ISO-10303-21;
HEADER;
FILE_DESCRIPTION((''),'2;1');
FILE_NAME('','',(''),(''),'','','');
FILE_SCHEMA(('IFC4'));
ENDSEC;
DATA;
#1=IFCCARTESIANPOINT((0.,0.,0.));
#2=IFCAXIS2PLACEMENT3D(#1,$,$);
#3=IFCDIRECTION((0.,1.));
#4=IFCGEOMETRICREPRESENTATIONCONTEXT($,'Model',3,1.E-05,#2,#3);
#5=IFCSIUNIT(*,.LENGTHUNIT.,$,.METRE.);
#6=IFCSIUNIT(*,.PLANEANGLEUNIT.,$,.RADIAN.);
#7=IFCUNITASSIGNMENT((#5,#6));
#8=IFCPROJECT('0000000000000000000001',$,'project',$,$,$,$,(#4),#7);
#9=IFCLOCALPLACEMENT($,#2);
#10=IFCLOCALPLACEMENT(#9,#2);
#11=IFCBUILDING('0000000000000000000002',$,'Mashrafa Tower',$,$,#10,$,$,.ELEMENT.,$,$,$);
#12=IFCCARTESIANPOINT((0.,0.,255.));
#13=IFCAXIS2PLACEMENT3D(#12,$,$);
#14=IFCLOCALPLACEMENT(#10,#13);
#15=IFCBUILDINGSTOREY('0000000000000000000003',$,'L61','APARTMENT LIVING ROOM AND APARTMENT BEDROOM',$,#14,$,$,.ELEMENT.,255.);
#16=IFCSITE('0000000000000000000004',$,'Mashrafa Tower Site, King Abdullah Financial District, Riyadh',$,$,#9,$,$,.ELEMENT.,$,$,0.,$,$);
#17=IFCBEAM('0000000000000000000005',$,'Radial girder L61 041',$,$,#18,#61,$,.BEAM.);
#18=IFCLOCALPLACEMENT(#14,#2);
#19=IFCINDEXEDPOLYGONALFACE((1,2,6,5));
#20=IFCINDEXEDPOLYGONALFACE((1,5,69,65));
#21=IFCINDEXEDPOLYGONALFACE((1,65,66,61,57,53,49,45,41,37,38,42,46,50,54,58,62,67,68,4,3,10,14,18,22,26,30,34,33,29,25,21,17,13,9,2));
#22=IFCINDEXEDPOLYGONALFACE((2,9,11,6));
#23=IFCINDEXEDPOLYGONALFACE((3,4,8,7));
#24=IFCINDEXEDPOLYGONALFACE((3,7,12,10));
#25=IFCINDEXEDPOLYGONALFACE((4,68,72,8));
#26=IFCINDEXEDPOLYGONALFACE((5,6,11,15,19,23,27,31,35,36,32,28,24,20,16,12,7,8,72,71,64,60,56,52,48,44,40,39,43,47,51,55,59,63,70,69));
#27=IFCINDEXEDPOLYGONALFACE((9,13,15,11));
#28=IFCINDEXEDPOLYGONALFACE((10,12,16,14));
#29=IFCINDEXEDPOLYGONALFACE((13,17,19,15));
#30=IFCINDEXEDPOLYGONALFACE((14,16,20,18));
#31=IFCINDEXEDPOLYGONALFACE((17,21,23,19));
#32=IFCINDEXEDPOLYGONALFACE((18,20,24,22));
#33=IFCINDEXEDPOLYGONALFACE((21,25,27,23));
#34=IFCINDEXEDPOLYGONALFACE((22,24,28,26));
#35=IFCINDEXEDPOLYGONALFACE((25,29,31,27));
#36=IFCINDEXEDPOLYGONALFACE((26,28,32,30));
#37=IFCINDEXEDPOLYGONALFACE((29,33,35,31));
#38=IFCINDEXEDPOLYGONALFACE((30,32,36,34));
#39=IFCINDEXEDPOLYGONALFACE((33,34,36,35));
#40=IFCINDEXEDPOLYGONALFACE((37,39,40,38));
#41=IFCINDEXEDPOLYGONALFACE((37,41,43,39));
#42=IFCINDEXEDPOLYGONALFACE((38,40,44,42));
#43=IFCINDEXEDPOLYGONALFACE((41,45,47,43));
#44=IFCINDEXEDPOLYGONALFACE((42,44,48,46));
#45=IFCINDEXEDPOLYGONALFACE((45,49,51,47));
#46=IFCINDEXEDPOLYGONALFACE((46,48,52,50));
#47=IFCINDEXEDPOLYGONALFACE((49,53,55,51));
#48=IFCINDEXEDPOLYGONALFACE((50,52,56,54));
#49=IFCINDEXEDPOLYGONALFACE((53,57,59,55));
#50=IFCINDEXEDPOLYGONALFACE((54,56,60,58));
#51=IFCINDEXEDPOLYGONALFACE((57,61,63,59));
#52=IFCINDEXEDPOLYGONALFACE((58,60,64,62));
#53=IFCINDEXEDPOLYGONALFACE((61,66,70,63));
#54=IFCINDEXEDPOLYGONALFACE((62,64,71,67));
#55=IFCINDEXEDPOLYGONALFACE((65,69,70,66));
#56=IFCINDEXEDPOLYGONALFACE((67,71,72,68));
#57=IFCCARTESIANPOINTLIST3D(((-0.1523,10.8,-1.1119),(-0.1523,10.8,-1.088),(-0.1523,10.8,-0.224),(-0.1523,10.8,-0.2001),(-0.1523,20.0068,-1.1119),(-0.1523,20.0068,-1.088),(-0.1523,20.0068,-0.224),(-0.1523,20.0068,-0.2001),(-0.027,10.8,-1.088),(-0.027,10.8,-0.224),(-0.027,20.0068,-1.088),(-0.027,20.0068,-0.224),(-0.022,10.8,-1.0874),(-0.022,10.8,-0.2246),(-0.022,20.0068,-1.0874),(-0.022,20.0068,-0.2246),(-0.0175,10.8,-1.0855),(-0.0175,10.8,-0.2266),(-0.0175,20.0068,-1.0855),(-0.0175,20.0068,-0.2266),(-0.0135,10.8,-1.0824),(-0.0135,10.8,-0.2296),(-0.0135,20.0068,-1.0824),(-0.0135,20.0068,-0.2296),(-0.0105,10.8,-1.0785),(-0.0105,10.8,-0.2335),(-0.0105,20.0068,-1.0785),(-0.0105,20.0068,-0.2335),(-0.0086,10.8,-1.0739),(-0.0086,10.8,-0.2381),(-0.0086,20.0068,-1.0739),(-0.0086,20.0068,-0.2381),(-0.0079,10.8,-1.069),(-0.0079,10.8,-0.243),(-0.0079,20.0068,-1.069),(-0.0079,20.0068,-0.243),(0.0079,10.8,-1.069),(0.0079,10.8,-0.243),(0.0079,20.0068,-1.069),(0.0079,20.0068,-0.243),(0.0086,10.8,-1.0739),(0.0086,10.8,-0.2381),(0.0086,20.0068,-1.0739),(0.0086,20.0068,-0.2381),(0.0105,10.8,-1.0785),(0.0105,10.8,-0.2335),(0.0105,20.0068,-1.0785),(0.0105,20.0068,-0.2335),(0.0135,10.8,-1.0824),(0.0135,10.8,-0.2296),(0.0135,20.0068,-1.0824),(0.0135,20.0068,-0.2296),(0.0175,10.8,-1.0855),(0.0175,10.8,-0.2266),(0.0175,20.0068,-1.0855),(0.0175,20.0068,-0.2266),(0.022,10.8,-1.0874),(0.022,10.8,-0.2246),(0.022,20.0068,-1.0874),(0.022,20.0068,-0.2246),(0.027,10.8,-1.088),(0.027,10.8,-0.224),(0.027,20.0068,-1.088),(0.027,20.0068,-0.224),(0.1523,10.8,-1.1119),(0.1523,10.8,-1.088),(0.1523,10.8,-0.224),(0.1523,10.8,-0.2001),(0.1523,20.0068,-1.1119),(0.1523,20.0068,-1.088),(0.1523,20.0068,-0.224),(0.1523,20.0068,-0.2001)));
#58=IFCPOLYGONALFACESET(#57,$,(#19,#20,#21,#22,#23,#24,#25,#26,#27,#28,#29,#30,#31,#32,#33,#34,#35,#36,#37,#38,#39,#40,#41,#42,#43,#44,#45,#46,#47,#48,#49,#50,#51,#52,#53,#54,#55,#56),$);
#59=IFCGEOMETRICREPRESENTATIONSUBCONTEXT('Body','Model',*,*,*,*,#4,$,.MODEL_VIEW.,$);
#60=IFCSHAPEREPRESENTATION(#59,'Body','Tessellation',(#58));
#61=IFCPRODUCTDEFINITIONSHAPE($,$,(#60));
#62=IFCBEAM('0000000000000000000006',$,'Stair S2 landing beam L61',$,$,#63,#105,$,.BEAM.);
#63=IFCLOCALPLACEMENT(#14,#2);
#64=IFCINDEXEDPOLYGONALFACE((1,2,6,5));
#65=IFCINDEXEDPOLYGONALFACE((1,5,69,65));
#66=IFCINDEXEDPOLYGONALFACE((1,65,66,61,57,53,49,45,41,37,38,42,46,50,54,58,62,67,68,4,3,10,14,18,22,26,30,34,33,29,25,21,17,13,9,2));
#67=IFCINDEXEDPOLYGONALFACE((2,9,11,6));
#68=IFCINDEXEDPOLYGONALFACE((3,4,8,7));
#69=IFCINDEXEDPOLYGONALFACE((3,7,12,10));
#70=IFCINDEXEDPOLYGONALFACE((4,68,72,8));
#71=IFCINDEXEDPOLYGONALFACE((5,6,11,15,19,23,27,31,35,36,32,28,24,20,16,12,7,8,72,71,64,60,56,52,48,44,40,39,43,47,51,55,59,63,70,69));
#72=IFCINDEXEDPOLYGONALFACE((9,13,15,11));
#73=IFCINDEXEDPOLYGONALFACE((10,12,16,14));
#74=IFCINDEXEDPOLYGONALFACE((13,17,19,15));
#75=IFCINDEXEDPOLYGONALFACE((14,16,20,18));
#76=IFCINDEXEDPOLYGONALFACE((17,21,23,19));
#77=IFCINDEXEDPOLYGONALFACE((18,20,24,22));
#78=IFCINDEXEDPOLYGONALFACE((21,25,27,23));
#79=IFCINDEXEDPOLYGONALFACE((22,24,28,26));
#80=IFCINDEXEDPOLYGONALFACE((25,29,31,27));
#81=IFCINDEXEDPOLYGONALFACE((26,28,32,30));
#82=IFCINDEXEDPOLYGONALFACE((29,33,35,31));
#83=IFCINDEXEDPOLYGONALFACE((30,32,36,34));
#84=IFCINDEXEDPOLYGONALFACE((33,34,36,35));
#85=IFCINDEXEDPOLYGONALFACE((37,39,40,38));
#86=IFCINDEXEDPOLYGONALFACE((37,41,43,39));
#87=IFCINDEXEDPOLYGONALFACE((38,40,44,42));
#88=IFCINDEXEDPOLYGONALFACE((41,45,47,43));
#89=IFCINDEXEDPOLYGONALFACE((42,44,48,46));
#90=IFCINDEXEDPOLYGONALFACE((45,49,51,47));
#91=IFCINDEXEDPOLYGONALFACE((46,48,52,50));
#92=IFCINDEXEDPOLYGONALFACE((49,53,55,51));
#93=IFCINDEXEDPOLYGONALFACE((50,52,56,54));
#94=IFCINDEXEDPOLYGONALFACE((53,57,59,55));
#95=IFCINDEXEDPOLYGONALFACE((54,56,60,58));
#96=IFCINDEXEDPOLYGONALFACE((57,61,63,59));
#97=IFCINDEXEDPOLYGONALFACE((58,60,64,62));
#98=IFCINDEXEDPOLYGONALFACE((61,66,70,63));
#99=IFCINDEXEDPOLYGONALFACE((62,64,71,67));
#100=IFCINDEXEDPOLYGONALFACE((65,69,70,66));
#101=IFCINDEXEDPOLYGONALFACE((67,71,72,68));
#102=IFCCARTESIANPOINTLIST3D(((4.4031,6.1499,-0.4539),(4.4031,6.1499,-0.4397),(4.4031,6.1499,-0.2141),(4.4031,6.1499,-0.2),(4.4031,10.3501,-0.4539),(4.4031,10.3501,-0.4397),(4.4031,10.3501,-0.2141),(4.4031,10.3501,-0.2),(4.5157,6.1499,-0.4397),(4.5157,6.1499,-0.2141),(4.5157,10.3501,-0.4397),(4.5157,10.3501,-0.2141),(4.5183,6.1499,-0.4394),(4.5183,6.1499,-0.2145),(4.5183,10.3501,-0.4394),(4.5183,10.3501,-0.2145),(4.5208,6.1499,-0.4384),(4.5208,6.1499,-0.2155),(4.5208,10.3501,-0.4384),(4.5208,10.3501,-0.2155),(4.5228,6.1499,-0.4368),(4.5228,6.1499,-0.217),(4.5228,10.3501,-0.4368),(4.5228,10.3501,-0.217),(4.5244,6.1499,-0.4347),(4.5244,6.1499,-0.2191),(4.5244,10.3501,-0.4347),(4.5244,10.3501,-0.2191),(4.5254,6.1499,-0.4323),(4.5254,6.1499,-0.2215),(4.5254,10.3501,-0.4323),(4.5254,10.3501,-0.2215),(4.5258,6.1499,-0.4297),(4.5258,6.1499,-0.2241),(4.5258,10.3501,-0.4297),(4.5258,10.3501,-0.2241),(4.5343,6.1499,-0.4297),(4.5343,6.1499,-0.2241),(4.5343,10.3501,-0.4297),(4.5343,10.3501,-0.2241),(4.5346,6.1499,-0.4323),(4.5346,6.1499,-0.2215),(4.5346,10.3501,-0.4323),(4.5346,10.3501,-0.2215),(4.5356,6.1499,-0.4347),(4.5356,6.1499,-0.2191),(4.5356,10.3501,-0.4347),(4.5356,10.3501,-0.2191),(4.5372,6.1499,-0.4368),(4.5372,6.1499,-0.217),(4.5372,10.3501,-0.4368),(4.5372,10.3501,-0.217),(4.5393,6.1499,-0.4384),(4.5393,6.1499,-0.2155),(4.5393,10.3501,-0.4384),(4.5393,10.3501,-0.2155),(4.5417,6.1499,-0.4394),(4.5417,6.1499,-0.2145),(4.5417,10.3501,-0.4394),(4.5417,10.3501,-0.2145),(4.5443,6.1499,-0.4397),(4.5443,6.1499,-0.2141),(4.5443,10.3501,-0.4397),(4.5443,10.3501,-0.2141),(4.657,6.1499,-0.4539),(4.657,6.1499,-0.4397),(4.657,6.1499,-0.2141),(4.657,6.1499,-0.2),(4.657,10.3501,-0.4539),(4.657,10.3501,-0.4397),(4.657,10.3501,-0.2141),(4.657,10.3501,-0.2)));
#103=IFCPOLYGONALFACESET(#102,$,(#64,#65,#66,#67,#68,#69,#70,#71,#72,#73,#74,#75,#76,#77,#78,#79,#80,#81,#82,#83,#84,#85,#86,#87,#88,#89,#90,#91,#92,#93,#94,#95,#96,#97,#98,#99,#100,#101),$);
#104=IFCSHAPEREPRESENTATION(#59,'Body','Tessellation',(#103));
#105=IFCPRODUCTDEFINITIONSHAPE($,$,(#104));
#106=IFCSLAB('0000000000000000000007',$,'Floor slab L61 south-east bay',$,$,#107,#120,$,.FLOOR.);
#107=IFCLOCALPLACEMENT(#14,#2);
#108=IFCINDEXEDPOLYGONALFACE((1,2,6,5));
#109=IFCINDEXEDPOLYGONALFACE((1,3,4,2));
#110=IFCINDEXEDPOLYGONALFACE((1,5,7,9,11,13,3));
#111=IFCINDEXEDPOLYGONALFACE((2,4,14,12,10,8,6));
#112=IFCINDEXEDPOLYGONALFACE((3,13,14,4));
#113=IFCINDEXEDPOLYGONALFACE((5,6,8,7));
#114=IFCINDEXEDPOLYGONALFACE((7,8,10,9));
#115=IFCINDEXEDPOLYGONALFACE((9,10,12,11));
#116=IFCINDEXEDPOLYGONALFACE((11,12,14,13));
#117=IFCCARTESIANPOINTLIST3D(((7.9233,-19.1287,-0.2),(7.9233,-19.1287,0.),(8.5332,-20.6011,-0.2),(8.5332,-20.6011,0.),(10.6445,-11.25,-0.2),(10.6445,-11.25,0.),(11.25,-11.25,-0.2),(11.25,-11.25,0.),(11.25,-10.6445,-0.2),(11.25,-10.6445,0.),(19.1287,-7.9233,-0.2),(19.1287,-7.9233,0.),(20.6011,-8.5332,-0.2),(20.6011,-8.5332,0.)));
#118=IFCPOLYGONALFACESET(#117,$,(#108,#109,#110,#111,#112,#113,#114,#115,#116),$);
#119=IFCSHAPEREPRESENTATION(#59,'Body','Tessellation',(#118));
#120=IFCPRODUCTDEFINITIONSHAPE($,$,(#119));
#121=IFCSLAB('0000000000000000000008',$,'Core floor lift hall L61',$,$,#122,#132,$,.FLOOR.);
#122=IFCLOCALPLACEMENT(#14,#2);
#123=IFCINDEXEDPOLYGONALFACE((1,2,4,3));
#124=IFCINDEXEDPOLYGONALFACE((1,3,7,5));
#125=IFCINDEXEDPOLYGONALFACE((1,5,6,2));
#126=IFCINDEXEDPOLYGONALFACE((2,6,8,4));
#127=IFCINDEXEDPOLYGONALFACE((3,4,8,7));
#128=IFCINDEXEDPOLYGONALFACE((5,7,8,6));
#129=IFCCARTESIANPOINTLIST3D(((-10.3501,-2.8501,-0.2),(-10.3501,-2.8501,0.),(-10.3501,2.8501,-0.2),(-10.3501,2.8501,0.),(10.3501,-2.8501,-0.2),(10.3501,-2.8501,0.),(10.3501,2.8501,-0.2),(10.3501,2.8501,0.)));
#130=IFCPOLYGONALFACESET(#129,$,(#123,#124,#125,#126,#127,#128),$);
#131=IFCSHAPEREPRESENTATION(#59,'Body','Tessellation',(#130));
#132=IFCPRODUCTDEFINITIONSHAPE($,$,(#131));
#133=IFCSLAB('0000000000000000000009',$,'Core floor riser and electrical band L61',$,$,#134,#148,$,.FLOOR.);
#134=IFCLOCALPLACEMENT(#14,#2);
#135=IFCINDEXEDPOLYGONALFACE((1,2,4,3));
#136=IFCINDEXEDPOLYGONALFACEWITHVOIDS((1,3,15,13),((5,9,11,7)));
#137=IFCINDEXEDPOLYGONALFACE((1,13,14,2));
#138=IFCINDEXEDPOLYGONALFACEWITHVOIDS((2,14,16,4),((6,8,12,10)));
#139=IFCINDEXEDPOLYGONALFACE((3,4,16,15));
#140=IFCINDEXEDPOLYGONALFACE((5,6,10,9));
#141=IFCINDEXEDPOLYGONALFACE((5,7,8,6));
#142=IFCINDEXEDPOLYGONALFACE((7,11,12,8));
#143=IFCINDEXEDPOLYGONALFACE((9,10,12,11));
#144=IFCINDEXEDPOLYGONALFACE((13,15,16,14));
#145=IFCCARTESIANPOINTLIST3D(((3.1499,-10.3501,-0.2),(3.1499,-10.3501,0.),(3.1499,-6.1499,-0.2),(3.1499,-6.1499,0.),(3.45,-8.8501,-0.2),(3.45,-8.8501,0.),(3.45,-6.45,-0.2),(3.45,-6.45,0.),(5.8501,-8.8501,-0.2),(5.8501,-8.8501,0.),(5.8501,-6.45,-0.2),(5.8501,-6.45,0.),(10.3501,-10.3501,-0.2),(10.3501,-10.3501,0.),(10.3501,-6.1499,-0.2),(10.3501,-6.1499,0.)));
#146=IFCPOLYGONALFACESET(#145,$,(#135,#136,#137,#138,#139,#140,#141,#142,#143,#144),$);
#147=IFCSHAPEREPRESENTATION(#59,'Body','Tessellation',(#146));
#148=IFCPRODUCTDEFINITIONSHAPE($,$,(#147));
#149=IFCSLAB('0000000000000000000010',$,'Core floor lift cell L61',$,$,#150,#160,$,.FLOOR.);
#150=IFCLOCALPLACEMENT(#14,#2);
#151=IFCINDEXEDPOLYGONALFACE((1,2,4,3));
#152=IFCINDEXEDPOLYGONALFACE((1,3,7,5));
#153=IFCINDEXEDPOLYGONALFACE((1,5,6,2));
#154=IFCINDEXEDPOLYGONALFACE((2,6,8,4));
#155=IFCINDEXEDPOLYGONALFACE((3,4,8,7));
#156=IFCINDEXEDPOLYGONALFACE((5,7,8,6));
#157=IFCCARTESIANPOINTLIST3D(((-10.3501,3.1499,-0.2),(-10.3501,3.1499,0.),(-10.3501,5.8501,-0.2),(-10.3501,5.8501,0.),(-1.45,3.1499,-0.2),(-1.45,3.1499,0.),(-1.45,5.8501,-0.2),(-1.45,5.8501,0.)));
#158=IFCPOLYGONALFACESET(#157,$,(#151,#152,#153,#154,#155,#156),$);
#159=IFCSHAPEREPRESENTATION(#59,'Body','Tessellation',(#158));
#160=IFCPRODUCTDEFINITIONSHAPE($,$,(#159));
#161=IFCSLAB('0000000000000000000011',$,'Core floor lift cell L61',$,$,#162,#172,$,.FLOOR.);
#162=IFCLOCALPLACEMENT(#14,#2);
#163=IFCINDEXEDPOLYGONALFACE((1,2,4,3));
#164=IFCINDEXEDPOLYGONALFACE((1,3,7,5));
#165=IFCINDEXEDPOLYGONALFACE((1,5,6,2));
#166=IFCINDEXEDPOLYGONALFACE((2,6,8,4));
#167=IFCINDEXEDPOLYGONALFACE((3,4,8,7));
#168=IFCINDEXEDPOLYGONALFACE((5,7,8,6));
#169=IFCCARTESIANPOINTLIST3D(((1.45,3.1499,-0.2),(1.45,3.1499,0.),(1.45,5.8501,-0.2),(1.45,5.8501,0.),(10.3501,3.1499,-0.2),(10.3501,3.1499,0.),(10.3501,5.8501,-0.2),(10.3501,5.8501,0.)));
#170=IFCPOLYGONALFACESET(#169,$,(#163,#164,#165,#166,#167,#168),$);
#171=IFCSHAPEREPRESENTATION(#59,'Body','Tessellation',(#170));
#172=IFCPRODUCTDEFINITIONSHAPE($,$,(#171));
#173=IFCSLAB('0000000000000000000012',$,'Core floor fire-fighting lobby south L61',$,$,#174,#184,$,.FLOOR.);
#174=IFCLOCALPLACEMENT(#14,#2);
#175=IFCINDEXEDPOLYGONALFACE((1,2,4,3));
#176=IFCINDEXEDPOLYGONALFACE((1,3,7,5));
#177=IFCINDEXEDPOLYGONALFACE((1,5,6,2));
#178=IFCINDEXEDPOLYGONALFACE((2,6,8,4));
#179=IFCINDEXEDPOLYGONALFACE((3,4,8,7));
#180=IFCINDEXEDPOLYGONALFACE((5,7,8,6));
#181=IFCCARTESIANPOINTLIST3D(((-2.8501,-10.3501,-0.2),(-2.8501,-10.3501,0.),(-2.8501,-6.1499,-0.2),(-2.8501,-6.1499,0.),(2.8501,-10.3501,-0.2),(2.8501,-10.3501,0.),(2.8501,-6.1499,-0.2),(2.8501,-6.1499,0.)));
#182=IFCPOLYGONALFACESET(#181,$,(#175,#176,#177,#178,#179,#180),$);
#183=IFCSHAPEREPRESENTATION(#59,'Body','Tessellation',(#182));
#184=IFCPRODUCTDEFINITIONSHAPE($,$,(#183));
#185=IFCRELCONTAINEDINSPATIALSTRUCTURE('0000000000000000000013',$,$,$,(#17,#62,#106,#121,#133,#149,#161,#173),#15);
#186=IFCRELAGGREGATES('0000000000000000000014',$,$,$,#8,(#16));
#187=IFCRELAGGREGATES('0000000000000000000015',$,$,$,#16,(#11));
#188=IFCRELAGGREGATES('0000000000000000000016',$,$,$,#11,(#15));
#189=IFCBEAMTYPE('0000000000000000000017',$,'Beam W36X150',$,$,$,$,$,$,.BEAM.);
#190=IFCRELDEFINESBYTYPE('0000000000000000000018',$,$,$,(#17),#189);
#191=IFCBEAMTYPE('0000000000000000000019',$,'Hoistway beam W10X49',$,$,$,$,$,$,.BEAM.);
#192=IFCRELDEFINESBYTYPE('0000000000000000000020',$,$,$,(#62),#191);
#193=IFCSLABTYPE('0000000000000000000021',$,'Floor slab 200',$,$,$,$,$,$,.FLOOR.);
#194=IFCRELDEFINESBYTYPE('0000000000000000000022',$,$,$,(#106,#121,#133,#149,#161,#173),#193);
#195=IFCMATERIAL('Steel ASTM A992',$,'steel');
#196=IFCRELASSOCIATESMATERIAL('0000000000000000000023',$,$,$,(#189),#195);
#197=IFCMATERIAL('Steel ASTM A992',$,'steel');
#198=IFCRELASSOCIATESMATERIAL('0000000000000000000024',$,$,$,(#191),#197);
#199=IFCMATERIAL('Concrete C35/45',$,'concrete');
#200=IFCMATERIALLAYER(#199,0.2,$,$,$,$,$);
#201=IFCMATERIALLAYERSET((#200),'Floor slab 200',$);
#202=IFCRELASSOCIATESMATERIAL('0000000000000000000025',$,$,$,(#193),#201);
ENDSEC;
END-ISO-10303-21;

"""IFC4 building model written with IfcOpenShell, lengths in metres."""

from ifc_helpers import new_model, si_unit, direction, frame, origin, origin_2d, place, context, subcontext, project, spatial, polyline, i_section, outline, extrude, material, layer, layer_set, material_profile, profile_set, type_object, element, save


model = new_model("IFC4")

# Units and contexts
model_context = context("Model", 3, precision=1e-05, world=origin(), true_north=direction((0.0, 1.0)))
body_context = subcontext(model_context, "Body", "Model", "MODEL_VIEW")
ifc_project = project(units=[si_unit("LENGTHUNIT", "METRE"), si_unit("PLANEANGLEUNIT", "RADIAN")], contexts=[model_context])

# Site, building, storey
site_placement = place(None, origin())
site = spatial("IfcSite", under=ifc_project, at=site_placement, Name="Mashrafa Tower Site, King Abdullah Financial District, Riyadh", CompositionType="ELEMENT", RefElevation=0.0)
building_placement = place(site_placement, origin())
building = spatial("IfcBuilding", under=site, at=building_placement, Name="Mashrafa Tower", CompositionType="ELEMENT")
storey_placement = place(building_placement, frame((0.0, 0.0, 255.0)))
storey = spatial("IfcBuildingStorey", under=building, at=storey_placement, Name="L61", Description="APARTMENT LIVING ROOM AND APARTMENT BEDROOM", CompositionType="ELEMENT", Elevation=255.0)

# Beams
ifc_material_1 = material(Name="Steel ASTM A992", Category="steel")
ifc_material_profile_1 = material_profile(ifc_material_1, i_section(OverallWidth=0.3047, OverallDepth=0.9119, WebThickness=0.0159, FlangeThickness=0.0239, FilletRadius=0.019, at=origin_2d()), Name="W36X150")
ifc_profile_set_1 = profile_set([ifc_material_profile_1], Name="Steel ASTM A992")
beam_type_1 = type_object("IfcBeamType", Name="Beam W36X150", PredefinedType="BEAM", material=ifc_profile_set_1)
beam_1_placement = place(storey_placement, frame((0.0, 10.8, -0.656), z_axis=(0.0, 1.0, 0.0), x_axis=(-1.0, 0.0, 0.0)))
element("IfcBeam", 1, at=beam_1_placement, inside=storey, type_object=beam_type_1, Name="Radial girder L61 041", PredefinedType="BEAM", context=body_context, shape_type="SweptSolid", body=[
    extrude(i_section(OverallWidth=0.3047, OverallDepth=0.9119, WebThickness=0.0159, FlangeThickness=0.0239, FilletRadius=0.019, at=origin_2d()), origin(), (0.0, 0.0, 1.0), 9.2068),
])
ifc_material_2 = material(Name="Steel ASTM A992", Category="steel")
ifc_material_profile_2 = material_profile(ifc_material_2, i_section(OverallWidth=0.2539, OverallDepth=0.2539, WebThickness=0.0085, FlangeThickness=0.0142, FilletRadius=0.01, at=origin_2d()), Name="W10X49")
ifc_profile_set_2 = profile_set([ifc_material_profile_2], Name="Steel ASTM A992")
beam_type_2 = type_object("IfcBeamType", Name="Hoistway beam W10X49", PredefinedType="BEAM", material=ifc_profile_set_2)
beam_2_placement = place(storey_placement, frame((4.53, 6.1499, -0.3269), z_axis=(0.0, 1.0, 0.0), x_axis=(-1.0, 0.0, 0.0)))
element("IfcBeam", 2, at=beam_2_placement, inside=storey, type_object=beam_type_2, Name="Stair S2 landing beam L61", PredefinedType="BEAM", context=body_context, shape_type="SweptSolid", body=[
    extrude(i_section(OverallWidth=0.2539, OverallDepth=0.2539, WebThickness=0.0085, FlangeThickness=0.0142, FilletRadius=0.01, at=origin_2d()), origin(), (0.0, 0.0, 1.0), 4.2002),
])

# Slabs
ifc_material_3 = material(Name="Concrete C35/45", Category="concrete")
ifc_layer_1 = layer(ifc_material_3, 0.2)
ifc_layer_set_1 = layer_set([ifc_layer_1], Name="Floor slab 200")
slab_type_1 = type_object("IfcSlabType", Name="Floor slab 200", PredefinedType="FLOOR", material=ifc_layer_set_1)
slab_1_placement = place(storey_placement, frame((0.0, 0.0, -0.2)))
element("IfcSlab", 3, at=slab_1_placement, inside=storey, type_object=slab_type_1, Name="Floor slab L61 south-east bay", PredefinedType="FLOOR", context=body_context, shape_type="SweptSolid", body=[
    extrude(outline(polyline([(8.5332, -20.6011), (7.9233, -19.1287), (10.6445, -11.25), (11.25, -11.25), (11.25, -10.6445), (19.1287, -7.9233), (20.6011, -8.5332), (20.6011, -8.5332), (8.5332, -20.6011), (8.5332, -20.6011)])), origin(), (0.0, 0.0, 1.0), 0.2),
])
slab_2_placement = place(storey_placement, frame((0.0, 0.0, -0.2)))
element("IfcSlab", 4, at=slab_2_placement, inside=storey, type_object=slab_type_1, Name="Core floor lift hall L61", PredefinedType="FLOOR", context=body_context, shape_type="SweptSolid", body=[
    extrude(outline(polyline([(-10.3501, 2.8501), (10.3501, 2.8501), (10.3501, -2.8501), (-10.3501, -2.8501), (-10.3501, 2.8501)])), origin(), (0.0, 0.0, 1.0), 0.2),
])
slab_3_placement = place(storey_placement, frame((0.0, 0.0, -0.2)))
element("IfcSlab", 5, at=slab_3_placement, inside=storey, type_object=slab_type_1, Name="Core floor riser and electrical band L61", PredefinedType="FLOOR", context=body_context, shape_type="SweptSolid", body=[
    extrude(outline(polyline([(10.3501, -6.1499), (10.3501, -10.3501), (3.1499, -10.3501), (3.1499, -6.1499), (10.3501, -6.1499)]), holes=[polyline([(3.45, -8.8501), (5.8501, -8.8501), (5.8501, -6.45), (3.45, -6.45), (3.45, -8.8501)])]), origin(), (0.0, 0.0, 1.0), 0.2),
])
slab_4_placement = place(storey_placement, frame((0.0, 0.0, -0.2)))
element("IfcSlab", 6, at=slab_4_placement, inside=storey, type_object=slab_type_1, Name="Core floor lift cell L61", PredefinedType="FLOOR", context=body_context, shape_type="SweptSolid", body=[
    extrude(outline(polyline([(-10.3501, 5.8501), (-1.45, 5.8501), (-1.45, 3.1499), (-10.3501, 3.1499), (-10.3501, 5.8501)])), origin(), (0.0, 0.0, 1.0), 0.2),
])
slab_5_placement = place(storey_placement, frame((0.0, 0.0, -0.2)))
element("IfcSlab", 7, at=slab_5_placement, inside=storey, type_object=slab_type_1, Name="Core floor lift cell L61", PredefinedType="FLOOR", context=body_context, shape_type="SweptSolid", body=[
    extrude(outline(polyline([(1.45, 5.8501), (10.3501, 5.8501), (10.3501, 3.1499), (1.45, 3.1499), (1.45, 5.8501)])), origin(), (0.0, 0.0, 1.0), 0.2),
])
slab_6_placement = place(storey_placement, frame((0.0, 0.0, -0.2)))
element("IfcSlab", 8, at=slab_6_placement, inside=storey, type_object=slab_type_1, Name="Core floor fire-fighting lobby south L61", PredefinedType="FLOOR", context=body_context, shape_type="SweptSolid", body=[
    extrude(outline(polyline([(2.8501, -6.1499), (2.8501, -10.3501), (-2.8501, -10.3501), (-2.8501, -6.1499), (2.8501, -6.1499)])), origin(), (0.0, 0.0, 1.0), 0.2),
])

save(model, "model.ifc")
